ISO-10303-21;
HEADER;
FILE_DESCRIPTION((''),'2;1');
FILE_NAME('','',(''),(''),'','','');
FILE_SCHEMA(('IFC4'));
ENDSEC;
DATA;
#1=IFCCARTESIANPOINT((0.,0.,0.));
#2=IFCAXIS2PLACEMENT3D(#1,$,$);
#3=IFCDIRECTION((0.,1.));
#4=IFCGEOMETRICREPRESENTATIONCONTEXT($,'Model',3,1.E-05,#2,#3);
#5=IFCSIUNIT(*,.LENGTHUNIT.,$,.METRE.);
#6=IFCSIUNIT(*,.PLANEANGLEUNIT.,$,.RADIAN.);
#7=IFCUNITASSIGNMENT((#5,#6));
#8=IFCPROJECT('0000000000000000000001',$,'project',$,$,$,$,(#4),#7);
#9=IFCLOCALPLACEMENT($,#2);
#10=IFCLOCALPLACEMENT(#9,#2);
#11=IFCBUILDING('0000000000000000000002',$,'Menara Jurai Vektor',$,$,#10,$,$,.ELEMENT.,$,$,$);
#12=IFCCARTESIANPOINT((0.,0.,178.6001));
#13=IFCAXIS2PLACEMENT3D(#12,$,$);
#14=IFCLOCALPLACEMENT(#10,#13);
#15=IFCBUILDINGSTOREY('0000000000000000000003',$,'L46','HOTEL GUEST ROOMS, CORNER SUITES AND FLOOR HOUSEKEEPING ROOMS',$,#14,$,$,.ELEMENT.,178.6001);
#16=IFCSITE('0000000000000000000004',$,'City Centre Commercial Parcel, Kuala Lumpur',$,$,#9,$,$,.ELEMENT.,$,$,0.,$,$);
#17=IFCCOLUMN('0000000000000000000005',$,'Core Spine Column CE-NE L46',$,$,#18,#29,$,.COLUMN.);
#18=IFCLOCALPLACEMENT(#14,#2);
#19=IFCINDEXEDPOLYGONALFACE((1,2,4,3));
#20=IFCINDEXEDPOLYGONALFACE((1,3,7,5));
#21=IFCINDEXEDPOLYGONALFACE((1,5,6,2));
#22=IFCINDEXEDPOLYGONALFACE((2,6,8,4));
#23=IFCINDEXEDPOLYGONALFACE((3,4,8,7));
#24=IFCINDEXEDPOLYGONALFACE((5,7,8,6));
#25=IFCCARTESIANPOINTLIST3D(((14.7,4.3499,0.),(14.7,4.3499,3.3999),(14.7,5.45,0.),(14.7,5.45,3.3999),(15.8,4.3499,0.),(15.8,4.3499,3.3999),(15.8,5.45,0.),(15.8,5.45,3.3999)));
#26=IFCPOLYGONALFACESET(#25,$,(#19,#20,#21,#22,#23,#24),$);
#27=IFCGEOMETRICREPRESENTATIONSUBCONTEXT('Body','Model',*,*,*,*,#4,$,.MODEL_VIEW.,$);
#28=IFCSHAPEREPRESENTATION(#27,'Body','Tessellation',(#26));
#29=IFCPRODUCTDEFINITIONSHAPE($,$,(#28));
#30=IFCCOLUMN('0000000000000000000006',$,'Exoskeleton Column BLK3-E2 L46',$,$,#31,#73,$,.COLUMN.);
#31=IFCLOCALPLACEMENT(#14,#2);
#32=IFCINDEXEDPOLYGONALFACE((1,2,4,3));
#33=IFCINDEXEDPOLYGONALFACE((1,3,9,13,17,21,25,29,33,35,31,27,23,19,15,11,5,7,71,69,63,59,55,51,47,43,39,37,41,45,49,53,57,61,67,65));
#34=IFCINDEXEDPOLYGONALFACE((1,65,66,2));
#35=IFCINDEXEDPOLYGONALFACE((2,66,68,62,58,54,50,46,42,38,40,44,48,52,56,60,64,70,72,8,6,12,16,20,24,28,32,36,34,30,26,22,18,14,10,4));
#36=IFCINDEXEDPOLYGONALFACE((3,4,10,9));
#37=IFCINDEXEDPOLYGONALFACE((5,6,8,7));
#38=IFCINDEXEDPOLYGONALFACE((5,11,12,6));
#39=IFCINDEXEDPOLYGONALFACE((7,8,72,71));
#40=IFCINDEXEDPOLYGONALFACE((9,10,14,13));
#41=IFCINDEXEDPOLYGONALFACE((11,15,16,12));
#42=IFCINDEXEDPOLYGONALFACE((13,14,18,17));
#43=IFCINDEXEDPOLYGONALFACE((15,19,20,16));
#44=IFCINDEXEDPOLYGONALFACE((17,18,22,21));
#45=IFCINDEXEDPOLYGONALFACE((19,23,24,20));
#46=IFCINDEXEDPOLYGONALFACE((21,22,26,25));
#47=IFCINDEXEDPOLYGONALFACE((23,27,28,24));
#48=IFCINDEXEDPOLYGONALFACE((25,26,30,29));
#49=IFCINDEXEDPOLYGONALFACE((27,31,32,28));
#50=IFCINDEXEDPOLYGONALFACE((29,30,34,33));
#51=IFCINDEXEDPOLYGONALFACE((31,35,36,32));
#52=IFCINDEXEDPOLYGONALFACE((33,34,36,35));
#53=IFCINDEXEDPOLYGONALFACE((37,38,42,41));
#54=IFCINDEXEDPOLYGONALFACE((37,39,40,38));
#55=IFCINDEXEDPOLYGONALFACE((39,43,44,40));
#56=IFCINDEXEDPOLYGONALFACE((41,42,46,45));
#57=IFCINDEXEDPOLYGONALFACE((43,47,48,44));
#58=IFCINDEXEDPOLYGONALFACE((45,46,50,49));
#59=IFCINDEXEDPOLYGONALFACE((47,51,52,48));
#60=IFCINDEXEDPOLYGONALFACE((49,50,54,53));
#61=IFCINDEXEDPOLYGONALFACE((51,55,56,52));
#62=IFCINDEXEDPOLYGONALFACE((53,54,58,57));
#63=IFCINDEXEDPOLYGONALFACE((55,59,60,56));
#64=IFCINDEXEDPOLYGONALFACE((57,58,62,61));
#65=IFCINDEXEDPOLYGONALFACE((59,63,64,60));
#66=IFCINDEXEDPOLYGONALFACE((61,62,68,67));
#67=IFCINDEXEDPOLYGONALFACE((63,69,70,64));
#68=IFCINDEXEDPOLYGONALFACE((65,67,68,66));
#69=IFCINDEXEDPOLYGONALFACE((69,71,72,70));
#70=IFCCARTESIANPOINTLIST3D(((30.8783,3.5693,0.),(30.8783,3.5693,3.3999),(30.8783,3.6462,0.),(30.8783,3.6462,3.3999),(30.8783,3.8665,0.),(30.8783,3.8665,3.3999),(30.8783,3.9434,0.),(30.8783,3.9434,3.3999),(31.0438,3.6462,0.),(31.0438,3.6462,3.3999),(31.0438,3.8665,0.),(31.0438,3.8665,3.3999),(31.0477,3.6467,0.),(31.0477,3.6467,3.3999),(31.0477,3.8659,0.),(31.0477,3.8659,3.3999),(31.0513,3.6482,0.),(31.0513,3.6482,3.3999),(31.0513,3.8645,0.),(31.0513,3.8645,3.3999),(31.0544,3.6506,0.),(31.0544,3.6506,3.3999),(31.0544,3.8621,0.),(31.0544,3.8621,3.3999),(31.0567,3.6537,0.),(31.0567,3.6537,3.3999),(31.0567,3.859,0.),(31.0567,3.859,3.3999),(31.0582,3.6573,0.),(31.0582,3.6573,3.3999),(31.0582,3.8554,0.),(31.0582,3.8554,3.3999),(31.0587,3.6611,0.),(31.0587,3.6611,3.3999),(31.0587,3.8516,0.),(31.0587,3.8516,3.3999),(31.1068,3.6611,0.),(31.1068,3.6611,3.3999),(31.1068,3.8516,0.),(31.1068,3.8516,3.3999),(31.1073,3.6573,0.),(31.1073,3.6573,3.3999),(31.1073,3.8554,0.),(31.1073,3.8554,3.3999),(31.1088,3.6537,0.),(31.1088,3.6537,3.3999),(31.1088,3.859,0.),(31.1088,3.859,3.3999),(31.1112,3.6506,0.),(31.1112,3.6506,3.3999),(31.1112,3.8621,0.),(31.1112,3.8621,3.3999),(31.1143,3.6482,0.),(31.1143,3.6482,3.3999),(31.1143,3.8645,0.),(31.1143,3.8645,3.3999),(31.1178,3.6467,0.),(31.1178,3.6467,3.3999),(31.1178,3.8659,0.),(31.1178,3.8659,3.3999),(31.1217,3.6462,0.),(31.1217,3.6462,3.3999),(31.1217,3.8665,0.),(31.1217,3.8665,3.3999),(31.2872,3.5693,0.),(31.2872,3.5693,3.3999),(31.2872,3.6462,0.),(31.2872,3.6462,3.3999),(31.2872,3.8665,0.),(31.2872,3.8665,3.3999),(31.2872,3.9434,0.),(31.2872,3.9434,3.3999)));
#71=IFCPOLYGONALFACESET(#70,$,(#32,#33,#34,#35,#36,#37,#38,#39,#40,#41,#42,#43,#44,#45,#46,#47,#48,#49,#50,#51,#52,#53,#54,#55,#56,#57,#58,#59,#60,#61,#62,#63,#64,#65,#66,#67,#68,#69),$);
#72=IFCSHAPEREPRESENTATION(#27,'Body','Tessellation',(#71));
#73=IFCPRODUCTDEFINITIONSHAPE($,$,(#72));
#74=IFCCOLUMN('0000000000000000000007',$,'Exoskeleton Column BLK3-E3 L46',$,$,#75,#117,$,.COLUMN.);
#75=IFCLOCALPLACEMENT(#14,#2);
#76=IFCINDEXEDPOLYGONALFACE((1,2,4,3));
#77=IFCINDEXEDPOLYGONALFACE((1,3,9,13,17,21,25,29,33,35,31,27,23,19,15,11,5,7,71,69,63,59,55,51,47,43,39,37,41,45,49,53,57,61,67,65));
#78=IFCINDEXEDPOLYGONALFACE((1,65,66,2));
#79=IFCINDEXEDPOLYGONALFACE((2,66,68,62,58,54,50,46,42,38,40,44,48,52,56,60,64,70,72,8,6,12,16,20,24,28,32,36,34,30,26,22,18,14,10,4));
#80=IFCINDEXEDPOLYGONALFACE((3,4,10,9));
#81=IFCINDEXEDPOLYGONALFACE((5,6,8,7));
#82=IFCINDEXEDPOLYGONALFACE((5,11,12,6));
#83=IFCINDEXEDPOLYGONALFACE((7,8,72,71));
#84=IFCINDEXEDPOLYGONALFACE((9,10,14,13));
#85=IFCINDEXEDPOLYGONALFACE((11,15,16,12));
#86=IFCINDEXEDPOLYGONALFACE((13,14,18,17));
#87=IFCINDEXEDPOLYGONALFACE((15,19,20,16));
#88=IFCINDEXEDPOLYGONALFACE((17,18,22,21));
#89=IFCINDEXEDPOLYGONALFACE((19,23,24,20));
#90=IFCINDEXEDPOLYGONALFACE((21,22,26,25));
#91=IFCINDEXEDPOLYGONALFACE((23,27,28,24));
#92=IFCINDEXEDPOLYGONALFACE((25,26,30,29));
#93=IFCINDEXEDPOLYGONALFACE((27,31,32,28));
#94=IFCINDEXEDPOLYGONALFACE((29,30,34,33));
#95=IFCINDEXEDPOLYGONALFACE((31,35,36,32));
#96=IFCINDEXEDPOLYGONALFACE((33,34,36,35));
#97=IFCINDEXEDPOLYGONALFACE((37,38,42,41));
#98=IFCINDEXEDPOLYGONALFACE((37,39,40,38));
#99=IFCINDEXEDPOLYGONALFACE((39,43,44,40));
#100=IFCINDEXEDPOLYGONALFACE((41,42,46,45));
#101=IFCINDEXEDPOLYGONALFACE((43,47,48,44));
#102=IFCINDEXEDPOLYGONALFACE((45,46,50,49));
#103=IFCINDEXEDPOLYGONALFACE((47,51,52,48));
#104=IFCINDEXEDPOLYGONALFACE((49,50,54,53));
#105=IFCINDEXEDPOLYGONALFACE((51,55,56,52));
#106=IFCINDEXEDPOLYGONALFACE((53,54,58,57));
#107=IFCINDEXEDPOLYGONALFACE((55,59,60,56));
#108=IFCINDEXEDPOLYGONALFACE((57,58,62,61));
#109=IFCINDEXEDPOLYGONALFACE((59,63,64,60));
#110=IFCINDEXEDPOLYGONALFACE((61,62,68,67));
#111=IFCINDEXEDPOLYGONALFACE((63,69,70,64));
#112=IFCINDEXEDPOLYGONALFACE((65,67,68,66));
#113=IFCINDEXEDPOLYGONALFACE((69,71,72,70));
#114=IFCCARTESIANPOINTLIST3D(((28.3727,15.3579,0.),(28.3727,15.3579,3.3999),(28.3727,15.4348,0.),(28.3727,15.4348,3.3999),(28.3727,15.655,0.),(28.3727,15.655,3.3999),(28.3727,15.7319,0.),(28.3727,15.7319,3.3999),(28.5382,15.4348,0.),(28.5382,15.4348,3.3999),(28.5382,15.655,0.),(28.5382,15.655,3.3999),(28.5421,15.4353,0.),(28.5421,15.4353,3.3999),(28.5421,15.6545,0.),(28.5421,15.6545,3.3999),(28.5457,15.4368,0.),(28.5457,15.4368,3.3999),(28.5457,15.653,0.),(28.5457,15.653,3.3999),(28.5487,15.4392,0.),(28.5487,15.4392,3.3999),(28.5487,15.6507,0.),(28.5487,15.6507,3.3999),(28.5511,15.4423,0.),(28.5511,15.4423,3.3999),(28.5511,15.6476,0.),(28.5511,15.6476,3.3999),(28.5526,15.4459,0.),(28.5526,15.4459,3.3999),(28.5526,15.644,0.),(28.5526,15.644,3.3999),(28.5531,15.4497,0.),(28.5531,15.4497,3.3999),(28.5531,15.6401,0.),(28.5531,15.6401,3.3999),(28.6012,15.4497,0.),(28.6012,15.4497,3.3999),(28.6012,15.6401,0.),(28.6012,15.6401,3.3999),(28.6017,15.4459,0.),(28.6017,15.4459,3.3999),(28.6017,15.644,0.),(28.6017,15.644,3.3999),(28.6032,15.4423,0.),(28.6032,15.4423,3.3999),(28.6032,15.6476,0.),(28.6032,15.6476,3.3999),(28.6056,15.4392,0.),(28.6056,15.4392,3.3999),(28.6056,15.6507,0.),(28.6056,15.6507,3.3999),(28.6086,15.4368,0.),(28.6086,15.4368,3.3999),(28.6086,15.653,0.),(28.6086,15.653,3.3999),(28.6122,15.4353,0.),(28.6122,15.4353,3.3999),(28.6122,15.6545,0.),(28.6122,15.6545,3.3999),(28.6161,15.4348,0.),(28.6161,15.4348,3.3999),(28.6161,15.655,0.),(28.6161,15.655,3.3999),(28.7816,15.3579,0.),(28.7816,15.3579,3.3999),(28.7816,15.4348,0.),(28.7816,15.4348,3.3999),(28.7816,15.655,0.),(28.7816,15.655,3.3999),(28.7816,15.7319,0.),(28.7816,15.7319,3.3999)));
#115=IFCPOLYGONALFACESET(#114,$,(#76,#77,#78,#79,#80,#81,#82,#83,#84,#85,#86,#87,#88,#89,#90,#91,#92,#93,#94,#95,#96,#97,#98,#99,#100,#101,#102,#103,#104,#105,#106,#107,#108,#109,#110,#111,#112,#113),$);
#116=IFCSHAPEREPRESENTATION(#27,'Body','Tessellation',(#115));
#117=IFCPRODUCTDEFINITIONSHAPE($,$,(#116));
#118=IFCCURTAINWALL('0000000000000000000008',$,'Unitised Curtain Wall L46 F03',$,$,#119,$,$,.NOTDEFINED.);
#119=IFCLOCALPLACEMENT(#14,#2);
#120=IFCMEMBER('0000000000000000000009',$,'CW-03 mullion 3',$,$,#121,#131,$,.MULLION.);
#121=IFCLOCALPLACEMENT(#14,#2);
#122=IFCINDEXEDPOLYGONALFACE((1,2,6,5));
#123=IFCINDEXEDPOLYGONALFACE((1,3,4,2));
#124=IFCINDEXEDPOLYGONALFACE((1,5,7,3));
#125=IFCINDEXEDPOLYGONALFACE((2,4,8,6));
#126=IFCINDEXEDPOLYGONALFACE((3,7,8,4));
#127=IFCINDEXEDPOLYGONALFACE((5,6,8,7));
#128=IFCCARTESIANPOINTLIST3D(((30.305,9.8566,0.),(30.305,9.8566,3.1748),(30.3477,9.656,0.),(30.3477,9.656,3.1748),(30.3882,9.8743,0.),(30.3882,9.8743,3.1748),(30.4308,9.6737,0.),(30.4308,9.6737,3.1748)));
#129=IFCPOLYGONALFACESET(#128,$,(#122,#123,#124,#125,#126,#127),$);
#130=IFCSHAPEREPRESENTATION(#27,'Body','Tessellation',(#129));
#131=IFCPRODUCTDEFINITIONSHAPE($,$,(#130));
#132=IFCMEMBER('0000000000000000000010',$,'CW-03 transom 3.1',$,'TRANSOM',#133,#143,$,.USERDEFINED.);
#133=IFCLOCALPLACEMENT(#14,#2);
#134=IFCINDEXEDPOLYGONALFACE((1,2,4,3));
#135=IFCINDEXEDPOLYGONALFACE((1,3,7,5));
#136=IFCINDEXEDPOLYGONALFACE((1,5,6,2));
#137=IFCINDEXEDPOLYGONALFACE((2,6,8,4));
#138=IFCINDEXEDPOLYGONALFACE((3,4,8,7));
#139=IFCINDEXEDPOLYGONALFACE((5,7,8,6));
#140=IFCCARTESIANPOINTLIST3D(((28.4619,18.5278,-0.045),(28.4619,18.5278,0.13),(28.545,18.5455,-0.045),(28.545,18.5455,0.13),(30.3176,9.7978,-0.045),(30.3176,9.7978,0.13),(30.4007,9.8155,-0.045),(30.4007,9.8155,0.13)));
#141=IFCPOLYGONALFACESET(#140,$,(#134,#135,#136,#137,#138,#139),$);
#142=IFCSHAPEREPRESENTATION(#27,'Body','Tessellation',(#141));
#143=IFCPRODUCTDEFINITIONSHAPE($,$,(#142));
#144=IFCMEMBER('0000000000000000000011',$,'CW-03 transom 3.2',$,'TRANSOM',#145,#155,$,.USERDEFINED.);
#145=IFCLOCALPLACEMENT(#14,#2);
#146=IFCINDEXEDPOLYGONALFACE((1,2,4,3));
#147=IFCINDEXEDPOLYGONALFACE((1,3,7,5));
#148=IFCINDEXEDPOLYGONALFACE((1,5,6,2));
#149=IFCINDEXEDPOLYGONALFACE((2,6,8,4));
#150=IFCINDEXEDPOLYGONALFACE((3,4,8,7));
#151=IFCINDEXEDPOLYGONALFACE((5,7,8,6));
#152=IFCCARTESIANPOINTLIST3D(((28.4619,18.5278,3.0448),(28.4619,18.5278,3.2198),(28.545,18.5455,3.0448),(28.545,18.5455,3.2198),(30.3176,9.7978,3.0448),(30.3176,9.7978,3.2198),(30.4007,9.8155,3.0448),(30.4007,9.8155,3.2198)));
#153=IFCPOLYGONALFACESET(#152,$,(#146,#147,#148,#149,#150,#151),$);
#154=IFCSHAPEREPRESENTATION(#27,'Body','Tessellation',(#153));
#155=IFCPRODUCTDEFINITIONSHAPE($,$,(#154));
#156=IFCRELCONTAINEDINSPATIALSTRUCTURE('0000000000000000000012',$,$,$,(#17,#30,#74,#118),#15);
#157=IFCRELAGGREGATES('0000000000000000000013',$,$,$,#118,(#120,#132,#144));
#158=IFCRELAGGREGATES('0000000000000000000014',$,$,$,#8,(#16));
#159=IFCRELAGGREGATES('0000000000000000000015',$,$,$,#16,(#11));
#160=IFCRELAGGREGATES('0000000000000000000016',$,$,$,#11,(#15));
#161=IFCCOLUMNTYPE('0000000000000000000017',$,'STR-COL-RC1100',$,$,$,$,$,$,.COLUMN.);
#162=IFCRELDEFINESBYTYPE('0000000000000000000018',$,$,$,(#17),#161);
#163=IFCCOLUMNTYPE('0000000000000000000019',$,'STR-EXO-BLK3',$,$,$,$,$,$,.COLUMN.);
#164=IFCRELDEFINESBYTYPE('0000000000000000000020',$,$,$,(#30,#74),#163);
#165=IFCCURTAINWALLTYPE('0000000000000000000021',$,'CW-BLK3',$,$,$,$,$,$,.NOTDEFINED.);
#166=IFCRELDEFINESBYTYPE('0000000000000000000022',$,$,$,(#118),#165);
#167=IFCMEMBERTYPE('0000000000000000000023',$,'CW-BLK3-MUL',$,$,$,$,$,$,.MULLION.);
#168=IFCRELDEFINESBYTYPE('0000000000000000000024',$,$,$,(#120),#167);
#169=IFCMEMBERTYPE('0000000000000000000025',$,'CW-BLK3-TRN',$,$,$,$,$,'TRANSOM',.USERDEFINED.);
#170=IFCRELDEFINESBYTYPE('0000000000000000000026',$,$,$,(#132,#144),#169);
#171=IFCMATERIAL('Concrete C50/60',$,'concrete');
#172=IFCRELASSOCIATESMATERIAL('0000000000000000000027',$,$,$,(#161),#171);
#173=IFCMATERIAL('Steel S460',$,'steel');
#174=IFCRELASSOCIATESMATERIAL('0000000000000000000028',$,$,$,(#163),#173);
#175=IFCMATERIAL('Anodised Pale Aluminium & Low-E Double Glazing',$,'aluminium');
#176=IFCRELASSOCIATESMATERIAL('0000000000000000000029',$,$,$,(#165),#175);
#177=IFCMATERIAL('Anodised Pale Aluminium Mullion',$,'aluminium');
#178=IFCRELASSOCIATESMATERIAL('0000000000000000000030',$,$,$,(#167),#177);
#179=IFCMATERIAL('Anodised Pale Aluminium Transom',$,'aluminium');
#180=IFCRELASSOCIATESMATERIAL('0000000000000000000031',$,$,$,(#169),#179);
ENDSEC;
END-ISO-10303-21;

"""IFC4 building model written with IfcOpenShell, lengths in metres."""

from ifc_helpers import new_model, si_unit, direction, frame, origin, origin_2d, place, context, subcontext, project, spatial, rectangle, i_section, extrude, material, material_profile, profile_set, type_object, element, aggregate, save


model = new_model("IFC4")

# Units and contexts
model_context = context("Model", 3, precision=1e-05, world=origin(), true_north=direction((0.0, 1.0)))
body_context = subcontext(model_context, "Body", "Model", "MODEL_VIEW")
ifc_project = project(units=[si_unit("LENGTHUNIT", "METRE"), si_unit("PLANEANGLEUNIT", "RADIAN")], contexts=[model_context])

# Site, building, storey
site_placement = place(None, origin())
site = spatial("IfcSite", under=ifc_project, at=site_placement, Name="City Centre Commercial Parcel, Kuala Lumpur", CompositionType="ELEMENT", RefElevation=0.0)
building_placement = place(site_placement, origin())
building = spatial("IfcBuilding", under=site, at=building_placement, Name="Menara Jurai Vektor", CompositionType="ELEMENT")
storey_placement = place(building_placement, frame((0.0, 0.0, 178.6001)))
storey = spatial("IfcBuildingStorey", under=building, at=storey_placement, Name="L46", Description="HOTEL GUEST ROOMS, CORNER SUITES AND FLOOR HOUSEKEEPING ROOMS", CompositionType="ELEMENT", Elevation=178.6001)

# Columns
ifc_material_1 = material(Name="Concrete C50/60", Category="concrete")
ifc_material_profile_1 = material_profile(ifc_material_1, rectangle(XDim=1.1001, YDim=1.1001, at=origin_2d()), Name="RC 1100x1100")
ifc_profile_set_1 = profile_set([ifc_material_profile_1], Name="Concrete C50/60")
column_type_1 = type_object("IfcColumnType", Name="STR-COL-RC1100", PredefinedType="COLUMN", material=ifc_profile_set_1)
column_placement = place(storey_placement, frame((15.25, 4.8999, 0.0), z_axis=(0.0, 0.0, 1.0), x_axis=(1.0, 0.0, 0.0)))
element("IfcColumn", 1, at=column_placement, inside=storey, type_object=column_type_1, Name="Core Spine Column CE-NE L46", PredefinedType="COLUMN", context=body_context, shape_type="SweptSolid", body=[
    extrude(rectangle(XDim=1.1001, YDim=1.1001, at=origin_2d()), origin(), (0.0, 0.0, 1.0), 3.3999),
])
ifc_material_2 = material(Name="Steel S460", Category="steel")
ifc_material_profile_2 = material_profile(ifc_material_2, i_section(OverallWidth=0.4089, OverallDepth=0.374, WebThickness=0.0481, FlangeThickness=0.0769, FilletRadius=0.0149, at=origin_2d()), Name="HD 400x634")
ifc_profile_set_2 = profile_set([ifc_material_profile_2], Name="Steel S460")
column_type_2 = type_object("IfcColumnType", Name="STR-EXO-BLK3", PredefinedType="COLUMN", material=ifc_profile_set_2)
for number, where, z_axis, x_axis, name in (
    (2, (31.0828, 3.7563, 0.0), (0.0, 0.0, 1.0), (1.0, 0.0, 0.0), "Exoskeleton Column BLK3-E2 L46"),
    (3, (28.5771, 15.5449, 0.0), (0.0, 0.0, 1.0), (1.0, 0.0, 0.0), "Exoskeleton Column BLK3-E3 L46"),
):
    element("IfcColumn", number, at=place(storey_placement, frame(where, z_axis=z_axis, x_axis=x_axis)), inside=storey, type_object=column_type_2, Name=name, PredefinedType="COLUMN", context=body_context, shape_type="SweptSolid", body=[
        extrude(i_section(OverallWidth=0.4089, OverallDepth=0.374, WebThickness=0.0481, FlangeThickness=0.0769, FilletRadius=0.0149, at=origin_2d()), origin(), (0.0, 0.0, 1.0), 3.3999),
    ])

# Curtain wall, members
ifc_material_3 = material(Name="Anodised Pale Aluminium & Low-E Double Glazing", Category="aluminium")
curtain_wall_type = type_object("IfcCurtainWallType", Name="CW-BLK3", PredefinedType="NOTDEFINED", material=ifc_material_3)
curtain_wall_placement = place(storey_placement, origin())
curtain_wall = element("IfcCurtainWall", 4, at=curtain_wall_placement, inside=storey, type_object=curtain_wall_type, Name="Unitised Curtain Wall L46 F03", PredefinedType="NOTDEFINED")
ifc_material_4 = material(Name="Anodised Pale Aluminium Mullion", Category="aluminium")
ifc_material_profile_3 = material_profile(ifc_material_4, rectangle(XDim=0.085, YDim=0.2051, at=origin_2d()), Name="ALU MUL 85x205")
ifc_profile_set_3 = profile_set([ifc_material_profile_3], Name="Anodised Pale Aluminium Mullion")
member_type_1 = type_object("IfcMemberType", Name="CW-BLK3-MUL", PredefinedType="MULLION", material=ifc_profile_set_3)
member_1_placement = place(storey_placement, frame((30.3679, 9.7651, 0.0), z_axis=(0.0, 0.0, 1.0), x_axis=(-0.978148, -0.20791, 0.0)))
member_1 = element("IfcMember", 5, at=member_1_placement, type_object=member_type_1, Name="CW-03 mullion 3", PredefinedType="MULLION", context=body_context, shape_type="SweptSolid", body=[
    extrude(rectangle(XDim=0.085, YDim=0.2051, at=origin_2d()), origin(), (0.0, 0.0, 1.0), 3.1748),
])
ifc_material_5 = material(Name="Anodised Pale Aluminium Transom", Category="aluminium")
ifc_material_profile_4 = material_profile(ifc_material_5, rectangle(XDim=0.085, YDim=0.175, at=origin_2d()), Name="ALU TRN 85x175")
ifc_profile_set_4 = profile_set([ifc_material_profile_4], Name="Anodised Pale Aluminium Transom")
member_type_2 = type_object("IfcMemberType", Name="CW-BLK3-TRN", ElementType="TRANSOM", PredefinedType="USERDEFINED", material=ifc_profile_set_4)
member_2_placement = place(storey_placement, frame((30.3591, 9.8066, 0.0425), z_axis=(-0.207922, 0.978145, 0.0), x_axis=(-0.978145, -0.207922, 0.0)))
member_2 = element("IfcMember", 6, at=member_2_placement, type_object=member_type_2, Name="CW-03 transom 3.1", ObjectType="TRANSOM", PredefinedType="USERDEFINED", context=body_context, shape_type="SweptSolid", body=[
    extrude(rectangle(XDim=0.085, YDim=0.175, at=origin_2d()), origin(), (0.0, 0.0, 1.0), 8.925),
])
member_3_placement = place(storey_placement, frame((30.3591, 9.8066, 3.1323), z_axis=(-0.207922, 0.978145, 0.0), x_axis=(-0.978145, -0.207922, 0.0)))
member_3 = element("IfcMember", 7, at=member_3_placement, type_object=member_type_2, Name="CW-03 transom 3.2", ObjectType="TRANSOM", PredefinedType="USERDEFINED", context=body_context, shape_type="SweptSolid", body=[
    extrude(rectangle(XDim=0.085, YDim=0.175, at=origin_2d()), origin(), (0.0, 0.0, 1.0), 8.925),
])

aggregate(curtain_wall, [member_1, member_2, member_3])

save(model, "model.ifc")
